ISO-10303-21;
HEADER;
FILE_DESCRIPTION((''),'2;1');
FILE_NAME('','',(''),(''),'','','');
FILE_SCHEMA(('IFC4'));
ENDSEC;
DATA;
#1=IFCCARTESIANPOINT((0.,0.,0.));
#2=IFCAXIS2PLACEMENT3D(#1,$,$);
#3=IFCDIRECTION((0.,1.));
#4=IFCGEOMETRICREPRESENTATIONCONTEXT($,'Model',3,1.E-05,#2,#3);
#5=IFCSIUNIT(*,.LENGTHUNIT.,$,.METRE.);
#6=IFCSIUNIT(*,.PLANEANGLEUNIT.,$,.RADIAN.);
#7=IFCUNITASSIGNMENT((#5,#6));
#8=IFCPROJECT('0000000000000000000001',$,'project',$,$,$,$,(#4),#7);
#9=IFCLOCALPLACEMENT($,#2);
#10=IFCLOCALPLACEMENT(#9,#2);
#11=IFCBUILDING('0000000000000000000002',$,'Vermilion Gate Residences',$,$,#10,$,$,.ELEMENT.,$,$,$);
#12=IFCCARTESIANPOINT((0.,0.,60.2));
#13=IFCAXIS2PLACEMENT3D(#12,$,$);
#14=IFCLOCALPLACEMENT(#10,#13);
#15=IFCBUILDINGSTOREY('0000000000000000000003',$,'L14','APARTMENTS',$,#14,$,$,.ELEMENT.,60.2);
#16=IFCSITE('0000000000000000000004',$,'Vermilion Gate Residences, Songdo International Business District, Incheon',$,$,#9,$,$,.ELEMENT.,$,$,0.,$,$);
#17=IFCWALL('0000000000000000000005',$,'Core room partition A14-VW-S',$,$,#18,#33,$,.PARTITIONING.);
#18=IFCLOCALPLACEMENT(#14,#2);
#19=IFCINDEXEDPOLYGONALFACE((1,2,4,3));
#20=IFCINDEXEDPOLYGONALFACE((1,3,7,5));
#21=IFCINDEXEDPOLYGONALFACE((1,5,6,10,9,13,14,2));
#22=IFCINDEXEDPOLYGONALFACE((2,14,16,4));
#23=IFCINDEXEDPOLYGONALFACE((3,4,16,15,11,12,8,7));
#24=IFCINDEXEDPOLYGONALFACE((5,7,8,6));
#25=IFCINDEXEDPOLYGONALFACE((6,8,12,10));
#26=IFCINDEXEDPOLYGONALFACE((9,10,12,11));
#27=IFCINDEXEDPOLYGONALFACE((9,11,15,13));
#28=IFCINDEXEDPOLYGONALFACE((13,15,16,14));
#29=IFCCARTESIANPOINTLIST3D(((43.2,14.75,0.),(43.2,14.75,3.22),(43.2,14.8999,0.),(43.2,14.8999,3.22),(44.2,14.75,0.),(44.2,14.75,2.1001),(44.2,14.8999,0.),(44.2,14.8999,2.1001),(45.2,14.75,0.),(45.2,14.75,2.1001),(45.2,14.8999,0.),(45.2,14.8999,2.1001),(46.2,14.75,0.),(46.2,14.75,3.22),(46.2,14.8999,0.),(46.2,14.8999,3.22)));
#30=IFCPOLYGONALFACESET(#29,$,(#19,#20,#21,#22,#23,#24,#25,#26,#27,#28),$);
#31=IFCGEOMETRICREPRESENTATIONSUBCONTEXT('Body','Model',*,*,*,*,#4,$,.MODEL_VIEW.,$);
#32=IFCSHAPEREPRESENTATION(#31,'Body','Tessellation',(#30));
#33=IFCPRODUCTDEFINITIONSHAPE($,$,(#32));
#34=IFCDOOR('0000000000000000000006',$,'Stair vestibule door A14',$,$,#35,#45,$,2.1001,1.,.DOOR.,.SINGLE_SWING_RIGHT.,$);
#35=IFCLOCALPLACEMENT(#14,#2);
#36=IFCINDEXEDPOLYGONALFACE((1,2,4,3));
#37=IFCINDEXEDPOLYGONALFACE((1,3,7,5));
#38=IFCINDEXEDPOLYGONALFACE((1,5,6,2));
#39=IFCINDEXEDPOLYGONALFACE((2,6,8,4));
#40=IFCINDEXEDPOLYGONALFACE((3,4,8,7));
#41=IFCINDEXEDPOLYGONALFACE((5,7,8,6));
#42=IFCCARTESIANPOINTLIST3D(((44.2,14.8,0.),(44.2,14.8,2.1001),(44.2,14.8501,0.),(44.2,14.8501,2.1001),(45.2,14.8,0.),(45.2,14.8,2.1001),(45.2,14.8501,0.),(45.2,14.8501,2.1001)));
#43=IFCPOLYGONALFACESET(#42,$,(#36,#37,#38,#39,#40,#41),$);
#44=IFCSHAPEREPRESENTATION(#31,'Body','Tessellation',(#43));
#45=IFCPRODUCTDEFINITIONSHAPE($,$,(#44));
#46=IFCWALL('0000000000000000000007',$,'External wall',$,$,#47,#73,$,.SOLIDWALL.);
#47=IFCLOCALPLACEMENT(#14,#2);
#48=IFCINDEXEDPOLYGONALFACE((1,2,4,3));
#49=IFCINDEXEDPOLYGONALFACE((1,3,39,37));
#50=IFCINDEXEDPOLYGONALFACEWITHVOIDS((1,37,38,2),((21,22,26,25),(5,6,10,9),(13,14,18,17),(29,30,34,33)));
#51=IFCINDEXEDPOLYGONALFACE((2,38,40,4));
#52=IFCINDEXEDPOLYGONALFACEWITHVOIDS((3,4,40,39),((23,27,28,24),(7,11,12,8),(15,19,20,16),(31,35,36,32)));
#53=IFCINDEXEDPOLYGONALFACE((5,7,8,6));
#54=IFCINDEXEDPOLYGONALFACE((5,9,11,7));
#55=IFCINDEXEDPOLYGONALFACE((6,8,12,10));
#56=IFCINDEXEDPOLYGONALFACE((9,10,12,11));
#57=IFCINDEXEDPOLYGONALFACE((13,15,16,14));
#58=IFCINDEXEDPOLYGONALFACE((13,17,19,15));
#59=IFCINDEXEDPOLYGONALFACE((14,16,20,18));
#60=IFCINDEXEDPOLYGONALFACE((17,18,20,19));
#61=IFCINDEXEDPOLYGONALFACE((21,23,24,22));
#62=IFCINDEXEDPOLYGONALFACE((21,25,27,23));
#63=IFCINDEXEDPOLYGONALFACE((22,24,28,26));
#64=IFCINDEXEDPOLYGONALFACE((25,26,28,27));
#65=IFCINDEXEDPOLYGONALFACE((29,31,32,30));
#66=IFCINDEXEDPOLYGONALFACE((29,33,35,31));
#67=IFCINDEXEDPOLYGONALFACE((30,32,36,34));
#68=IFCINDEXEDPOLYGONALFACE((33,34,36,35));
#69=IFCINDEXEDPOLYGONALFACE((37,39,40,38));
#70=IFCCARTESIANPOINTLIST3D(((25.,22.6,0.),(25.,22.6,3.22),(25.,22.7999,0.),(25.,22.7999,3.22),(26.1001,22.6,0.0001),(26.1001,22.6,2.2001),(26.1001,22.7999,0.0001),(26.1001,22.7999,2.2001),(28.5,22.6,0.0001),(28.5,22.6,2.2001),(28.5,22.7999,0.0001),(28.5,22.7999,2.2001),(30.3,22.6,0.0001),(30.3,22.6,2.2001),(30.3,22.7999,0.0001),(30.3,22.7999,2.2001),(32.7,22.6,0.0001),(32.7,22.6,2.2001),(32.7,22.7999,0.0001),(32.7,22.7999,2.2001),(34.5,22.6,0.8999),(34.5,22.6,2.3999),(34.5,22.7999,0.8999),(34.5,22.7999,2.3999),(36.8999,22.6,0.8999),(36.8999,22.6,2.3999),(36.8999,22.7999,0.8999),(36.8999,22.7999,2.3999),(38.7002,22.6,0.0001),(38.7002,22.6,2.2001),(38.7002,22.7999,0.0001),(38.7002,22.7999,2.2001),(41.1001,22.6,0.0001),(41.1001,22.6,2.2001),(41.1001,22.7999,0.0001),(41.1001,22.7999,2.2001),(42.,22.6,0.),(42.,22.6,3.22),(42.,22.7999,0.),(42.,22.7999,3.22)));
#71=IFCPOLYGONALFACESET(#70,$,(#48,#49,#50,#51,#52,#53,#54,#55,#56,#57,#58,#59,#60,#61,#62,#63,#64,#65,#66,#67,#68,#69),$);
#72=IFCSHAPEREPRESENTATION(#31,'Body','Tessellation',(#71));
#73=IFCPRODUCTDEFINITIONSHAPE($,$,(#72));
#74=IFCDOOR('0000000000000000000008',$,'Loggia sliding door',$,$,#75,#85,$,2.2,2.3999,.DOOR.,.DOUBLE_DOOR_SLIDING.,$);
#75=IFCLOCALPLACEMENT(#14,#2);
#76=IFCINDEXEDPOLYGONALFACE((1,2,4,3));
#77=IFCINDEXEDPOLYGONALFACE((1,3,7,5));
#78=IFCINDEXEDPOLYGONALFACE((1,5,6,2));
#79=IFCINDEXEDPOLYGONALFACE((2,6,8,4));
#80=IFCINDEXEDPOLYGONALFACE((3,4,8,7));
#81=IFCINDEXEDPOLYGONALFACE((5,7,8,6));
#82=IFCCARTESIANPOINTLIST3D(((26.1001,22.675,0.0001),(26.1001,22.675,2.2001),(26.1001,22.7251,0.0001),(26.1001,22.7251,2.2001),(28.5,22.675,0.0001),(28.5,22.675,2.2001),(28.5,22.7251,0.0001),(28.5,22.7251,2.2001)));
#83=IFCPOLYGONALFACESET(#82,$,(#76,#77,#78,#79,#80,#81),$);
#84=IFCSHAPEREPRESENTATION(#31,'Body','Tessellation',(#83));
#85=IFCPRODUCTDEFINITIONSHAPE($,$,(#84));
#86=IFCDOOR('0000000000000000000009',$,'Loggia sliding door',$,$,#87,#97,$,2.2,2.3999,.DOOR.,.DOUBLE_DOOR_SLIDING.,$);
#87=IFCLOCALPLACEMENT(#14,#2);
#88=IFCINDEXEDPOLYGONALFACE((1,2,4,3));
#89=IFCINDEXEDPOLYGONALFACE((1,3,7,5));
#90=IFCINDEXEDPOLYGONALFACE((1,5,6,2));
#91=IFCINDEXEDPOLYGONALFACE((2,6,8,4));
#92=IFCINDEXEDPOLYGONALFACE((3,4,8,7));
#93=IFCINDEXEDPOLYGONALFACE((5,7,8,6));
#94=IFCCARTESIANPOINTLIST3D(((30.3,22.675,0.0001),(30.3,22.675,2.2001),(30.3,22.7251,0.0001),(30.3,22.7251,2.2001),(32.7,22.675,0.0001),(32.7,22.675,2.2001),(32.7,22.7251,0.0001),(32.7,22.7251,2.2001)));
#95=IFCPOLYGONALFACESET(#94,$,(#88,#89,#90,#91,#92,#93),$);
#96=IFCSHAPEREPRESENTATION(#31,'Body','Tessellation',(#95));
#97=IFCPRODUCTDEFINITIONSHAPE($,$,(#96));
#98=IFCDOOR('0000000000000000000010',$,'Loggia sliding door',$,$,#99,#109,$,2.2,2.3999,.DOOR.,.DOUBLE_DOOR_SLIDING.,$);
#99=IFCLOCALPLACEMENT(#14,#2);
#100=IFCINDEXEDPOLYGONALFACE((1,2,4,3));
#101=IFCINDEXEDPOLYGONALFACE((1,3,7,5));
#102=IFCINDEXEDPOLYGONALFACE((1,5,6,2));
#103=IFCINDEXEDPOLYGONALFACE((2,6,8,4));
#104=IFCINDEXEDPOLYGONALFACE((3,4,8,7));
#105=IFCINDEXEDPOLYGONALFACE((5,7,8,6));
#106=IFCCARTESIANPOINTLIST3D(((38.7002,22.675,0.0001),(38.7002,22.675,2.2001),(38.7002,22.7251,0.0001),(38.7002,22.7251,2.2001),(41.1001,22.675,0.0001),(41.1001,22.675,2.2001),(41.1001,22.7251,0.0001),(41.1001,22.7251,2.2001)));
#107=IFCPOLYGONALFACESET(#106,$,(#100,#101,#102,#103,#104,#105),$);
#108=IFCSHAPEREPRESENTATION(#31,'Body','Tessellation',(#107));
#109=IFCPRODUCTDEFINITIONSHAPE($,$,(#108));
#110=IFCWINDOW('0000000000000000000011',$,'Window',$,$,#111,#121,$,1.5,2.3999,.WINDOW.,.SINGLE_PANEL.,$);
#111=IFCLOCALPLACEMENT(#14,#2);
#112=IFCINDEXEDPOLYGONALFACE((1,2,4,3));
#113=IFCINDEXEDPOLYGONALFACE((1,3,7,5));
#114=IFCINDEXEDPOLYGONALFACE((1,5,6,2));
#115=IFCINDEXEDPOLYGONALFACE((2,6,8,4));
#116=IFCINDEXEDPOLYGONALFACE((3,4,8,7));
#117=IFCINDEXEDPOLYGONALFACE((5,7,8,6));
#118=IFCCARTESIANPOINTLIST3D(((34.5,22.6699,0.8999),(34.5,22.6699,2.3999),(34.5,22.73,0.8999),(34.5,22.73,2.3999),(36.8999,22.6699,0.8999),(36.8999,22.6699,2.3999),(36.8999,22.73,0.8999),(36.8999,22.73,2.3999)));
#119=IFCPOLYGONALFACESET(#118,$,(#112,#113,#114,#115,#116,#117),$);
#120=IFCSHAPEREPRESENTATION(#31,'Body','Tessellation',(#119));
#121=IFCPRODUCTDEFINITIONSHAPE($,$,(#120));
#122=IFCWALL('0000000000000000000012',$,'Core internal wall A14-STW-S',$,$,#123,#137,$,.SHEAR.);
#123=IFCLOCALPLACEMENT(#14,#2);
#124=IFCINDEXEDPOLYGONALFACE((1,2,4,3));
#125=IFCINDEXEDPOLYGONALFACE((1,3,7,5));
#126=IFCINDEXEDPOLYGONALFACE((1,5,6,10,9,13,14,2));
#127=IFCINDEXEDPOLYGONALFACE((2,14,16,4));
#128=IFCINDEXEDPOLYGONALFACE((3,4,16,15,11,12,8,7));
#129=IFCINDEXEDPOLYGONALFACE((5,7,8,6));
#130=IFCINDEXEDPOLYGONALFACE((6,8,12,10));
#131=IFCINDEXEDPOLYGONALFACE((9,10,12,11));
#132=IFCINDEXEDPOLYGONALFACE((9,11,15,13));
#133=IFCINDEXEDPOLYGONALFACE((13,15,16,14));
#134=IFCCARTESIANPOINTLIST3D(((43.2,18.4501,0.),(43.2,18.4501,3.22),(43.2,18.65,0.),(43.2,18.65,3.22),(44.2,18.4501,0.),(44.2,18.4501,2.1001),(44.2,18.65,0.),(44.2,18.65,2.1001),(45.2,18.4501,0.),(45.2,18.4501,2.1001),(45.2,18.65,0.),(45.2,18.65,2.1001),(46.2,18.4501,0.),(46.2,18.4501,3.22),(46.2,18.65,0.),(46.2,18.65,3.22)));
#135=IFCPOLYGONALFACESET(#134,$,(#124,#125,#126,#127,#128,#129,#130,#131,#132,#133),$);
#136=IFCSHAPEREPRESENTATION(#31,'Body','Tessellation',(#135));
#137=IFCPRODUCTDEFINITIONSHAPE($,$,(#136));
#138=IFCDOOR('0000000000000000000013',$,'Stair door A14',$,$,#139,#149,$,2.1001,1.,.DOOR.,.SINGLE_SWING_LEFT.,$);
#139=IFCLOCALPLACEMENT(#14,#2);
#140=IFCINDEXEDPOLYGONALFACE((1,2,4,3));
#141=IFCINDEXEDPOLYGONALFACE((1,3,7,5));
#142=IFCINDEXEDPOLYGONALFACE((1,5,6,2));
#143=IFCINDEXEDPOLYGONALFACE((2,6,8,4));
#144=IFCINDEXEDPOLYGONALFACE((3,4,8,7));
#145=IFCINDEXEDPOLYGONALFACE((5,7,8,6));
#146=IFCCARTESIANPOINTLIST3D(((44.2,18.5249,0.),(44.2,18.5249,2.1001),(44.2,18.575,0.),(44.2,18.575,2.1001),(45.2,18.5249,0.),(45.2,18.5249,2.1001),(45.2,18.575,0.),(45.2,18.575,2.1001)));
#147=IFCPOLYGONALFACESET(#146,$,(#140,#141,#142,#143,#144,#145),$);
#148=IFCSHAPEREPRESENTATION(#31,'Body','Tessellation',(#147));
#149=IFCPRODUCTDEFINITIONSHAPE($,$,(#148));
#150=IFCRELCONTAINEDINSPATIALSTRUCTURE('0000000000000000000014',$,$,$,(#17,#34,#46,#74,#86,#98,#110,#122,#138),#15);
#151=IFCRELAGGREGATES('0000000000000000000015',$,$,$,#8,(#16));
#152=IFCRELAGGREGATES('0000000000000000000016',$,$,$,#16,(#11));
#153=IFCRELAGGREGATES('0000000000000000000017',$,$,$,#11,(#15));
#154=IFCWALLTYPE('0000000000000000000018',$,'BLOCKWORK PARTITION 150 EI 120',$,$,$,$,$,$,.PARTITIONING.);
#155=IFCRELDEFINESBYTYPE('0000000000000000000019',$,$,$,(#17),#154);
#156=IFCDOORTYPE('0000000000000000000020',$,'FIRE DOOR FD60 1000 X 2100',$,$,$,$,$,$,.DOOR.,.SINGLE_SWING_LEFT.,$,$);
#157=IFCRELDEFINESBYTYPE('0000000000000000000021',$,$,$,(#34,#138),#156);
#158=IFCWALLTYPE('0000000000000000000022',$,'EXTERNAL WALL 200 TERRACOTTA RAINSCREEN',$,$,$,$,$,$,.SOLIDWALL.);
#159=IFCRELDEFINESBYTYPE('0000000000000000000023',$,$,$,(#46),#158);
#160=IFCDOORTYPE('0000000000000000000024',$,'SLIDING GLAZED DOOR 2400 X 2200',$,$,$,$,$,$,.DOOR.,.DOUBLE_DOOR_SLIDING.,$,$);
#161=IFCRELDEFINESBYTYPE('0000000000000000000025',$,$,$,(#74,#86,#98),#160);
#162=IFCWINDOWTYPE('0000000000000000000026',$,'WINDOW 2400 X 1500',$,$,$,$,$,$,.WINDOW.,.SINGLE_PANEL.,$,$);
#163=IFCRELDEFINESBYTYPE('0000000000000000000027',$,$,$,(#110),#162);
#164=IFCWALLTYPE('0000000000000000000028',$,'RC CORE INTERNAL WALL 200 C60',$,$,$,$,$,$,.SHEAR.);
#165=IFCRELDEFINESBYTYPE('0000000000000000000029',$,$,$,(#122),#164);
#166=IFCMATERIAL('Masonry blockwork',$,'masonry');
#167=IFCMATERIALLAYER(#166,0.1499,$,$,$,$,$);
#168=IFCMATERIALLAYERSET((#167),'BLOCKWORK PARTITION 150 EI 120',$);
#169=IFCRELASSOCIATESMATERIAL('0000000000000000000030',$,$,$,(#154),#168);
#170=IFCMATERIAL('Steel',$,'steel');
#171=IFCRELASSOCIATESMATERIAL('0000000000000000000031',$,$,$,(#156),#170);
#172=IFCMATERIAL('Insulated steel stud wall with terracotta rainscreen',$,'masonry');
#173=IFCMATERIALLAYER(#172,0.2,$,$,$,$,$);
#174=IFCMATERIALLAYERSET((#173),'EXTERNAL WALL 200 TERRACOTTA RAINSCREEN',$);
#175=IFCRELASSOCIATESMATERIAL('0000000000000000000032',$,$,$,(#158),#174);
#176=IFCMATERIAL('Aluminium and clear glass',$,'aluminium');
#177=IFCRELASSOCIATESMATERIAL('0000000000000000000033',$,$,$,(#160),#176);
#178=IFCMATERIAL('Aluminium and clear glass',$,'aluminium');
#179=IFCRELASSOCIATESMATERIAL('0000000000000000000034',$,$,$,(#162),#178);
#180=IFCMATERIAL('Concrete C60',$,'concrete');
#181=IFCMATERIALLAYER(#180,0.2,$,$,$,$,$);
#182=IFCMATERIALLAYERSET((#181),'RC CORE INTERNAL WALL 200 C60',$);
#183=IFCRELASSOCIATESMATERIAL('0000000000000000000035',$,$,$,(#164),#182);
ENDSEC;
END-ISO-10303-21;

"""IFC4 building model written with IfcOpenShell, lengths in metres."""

from ifc_helpers import new_model, si_unit, direction, frame, frame_2d, origin, place, context, subcontext, project, spatial, rectangle, extrude, material, layer, layer_set, type_object, element, fill, save


model = new_model("IFC4")

# Units and contexts
model_context = context("Model", 3, precision=1e-05, world=origin(), true_north=direction((0.0, 1.0)))
body_context = subcontext(model_context, "Body", "Model", "MODEL_VIEW")
ifc_project = project(units=[si_unit("LENGTHUNIT", "METRE"), si_unit("PLANEANGLEUNIT", "RADIAN")], contexts=[model_context])

# Site, building, storey
site_placement = place(None, origin())
site = spatial("IfcSite", under=ifc_project, at=site_placement, Name="Vermilion Gate Residences, Songdo International Business District, Incheon", CompositionType="ELEMENT", RefElevation=0.0)
building_placement = place(site_placement, origin())
building = spatial("IfcBuilding", under=site, at=building_placement, Name="Vermilion Gate Residences", CompositionType="ELEMENT")
storey_placement = place(building_placement, frame((0.0, 0.0, 60.2)))
storey = spatial("IfcBuildingStorey", under=building, at=storey_placement, Name="L14", Description="APARTMENTS", CompositionType="ELEMENT", Elevation=60.2)

# Wall, opening, door
ifc_material_1 = material(Name="Masonry blockwork", Category="masonry")
ifc_layer_1 = layer(ifc_material_1, 0.1499)
ifc_layer_set_1 = layer_set([ifc_layer_1], Name="BLOCKWORK PARTITION 150 EI 120")
wall_type_1 = type_object("IfcWallType", Name="BLOCKWORK PARTITION 150 EI 120", PredefinedType="PARTITIONING", material=ifc_layer_set_1)
wall_1_placement = place(storey_placement, frame((43.2, 14.825, 0.0), z_axis=(0.0, 0.0, 1.0), x_axis=(1.0, 0.0, 0.0)))
wall_1 = element("IfcWall", 1, at=wall_1_placement, inside=storey, type_object=wall_type_1, Name="Core room partition A14-VW-S", PredefinedType="PARTITIONING", context=body_context, shape_type="SweptSolid", body=[
    extrude(rectangle(XDim=3.0, YDim=0.1499, at=frame_2d((1.5, 0.0))), origin(), (0.0, 0.0, 1.0), 3.22),
])
opening_1_placement = place(wall_1_placement, frame((1.0, 0.0, 0.0)))
opening_1 = element("IfcOpeningElement", 2, at=opening_1_placement, cuts=wall_1, PredefinedType="OPENING", context=body_context, shape_type="SweptSolid", body=[
    extrude(rectangle(XDim=1.0, YDim=2.1001, at=frame_2d((0.5, 1.05))), frame((0.0, 0.085, 0.0), z_axis=(0.0, -1.0, 0.0), x_axis=(1.0, 0.0, 0.0)), (0.0, 0.0, 1.0), 0.1699),
])
ifc_material_2 = material(Name="Steel", Category="steel")
door_type_1 = type_object("IfcDoorType", Name="FIRE DOOR FD60 1000 X 2100", OperationType="SINGLE_SWING_LEFT", PredefinedType="DOOR", material=ifc_material_2)
door_1_placement = place(opening_1_placement, frame((1.0, 0.0, 0.0), z_axis=(0.0, 0.0, 1.0), x_axis=(-1.0, 0.0, 0.0)))
door_1 = element("IfcDoor", 3, at=door_1_placement, inside=storey, type_object=door_type_1, Name="Stair vestibule door A14", OperationType="SINGLE_SWING_RIGHT", OverallHeight=2.1001, OverallWidth=1.0, PredefinedType="DOOR", context=body_context, shape_type="SweptSolid", body=[
    extrude(rectangle(XDim=1.0, YDim=2.1001, at=frame_2d((0.5, 1.05))), frame((0.0, 0.0249, 0.0), z_axis=(0.0, -1.0, 0.0), x_axis=(1.0, 0.0, 0.0)), (0.0, 0.0, 1.0), 0.05),
])
fill(opening_1, door_1)

# Wall, openings, doors, window
ifc_material_3 = material(Name="Insulated steel stud wall with terracotta rainscreen", Category="masonry")
ifc_layer_2 = layer(ifc_material_3, 0.2)
ifc_layer_set_2 = layer_set([ifc_layer_2], Name="EXTERNAL WALL 200 TERRACOTTA RAINSCREEN")
wall_type_2 = type_object("IfcWallType", Name="EXTERNAL WALL 200 TERRACOTTA RAINSCREEN", PredefinedType="SOLIDWALL", material=ifc_layer_set_2)
wall_2_placement = place(storey_placement, frame((42.0, 22.7, 0.0), z_axis=(0.0, 0.0, 1.0), x_axis=(-1.0, 0.0, 0.0)))
wall_2 = element("IfcWall", 4, at=wall_2_placement, inside=storey, type_object=wall_type_2, Name="External wall", PredefinedType="SOLIDWALL", context=body_context, shape_type="SweptSolid", body=[
    extrude(rectangle(XDim=17.0, YDim=0.2, at=frame_2d((8.5, 0.0))), origin(), (0.0, 0.0, 1.0), 3.22),
])
opening_2_placement = place(wall_2_placement, frame((13.5, 0.0, 0.0)))
opening_2 = element("IfcOpeningElement", 5, at=opening_2_placement, cuts=wall_2, PredefinedType="OPENING", context=body_context, shape_type="SweptSolid", body=[
    extrude(rectangle(XDim=2.3999, YDim=2.2, at=frame_2d((1.2, 1.1001))), frame((0.0, 0.1099, 0.0), z_axis=(0.0, -1.0, 0.0), x_axis=(1.0, 0.0, 0.0)), (0.0, 0.0, 1.0), 0.22),
])
opening_3_placement = place(wall_2_placement, frame((9.3, 0.0, 0.0)))
opening_3 = element("IfcOpeningElement", 6, at=opening_3_placement, cuts=wall_2, PredefinedType="OPENING", context=body_context, shape_type="SweptSolid", body=[
    extrude(rectangle(XDim=2.3999, YDim=2.2, at=frame_2d((1.2, 1.1001))), frame((0.0, 0.1099, 0.0), z_axis=(0.0, -1.0, 0.0), x_axis=(1.0, 0.0, 0.0)), (0.0, 0.0, 1.0), 0.22),
])
opening_4_placement = place(wall_2_placement, frame((5.1001, 0.0, 0.8999)))
opening_4 = element("IfcOpeningElement", 7, at=opening_4_placement, cuts=wall_2, PredefinedType="OPENING", context=body_context, shape_type="SweptSolid", body=[
    extrude(rectangle(XDim=2.3999, YDim=1.5, at=frame_2d((1.2, 0.75))), frame((0.0, 0.1099, 0.0), z_axis=(0.0, -1.0, 0.0), x_axis=(1.0, 0.0, 0.0)), (0.0, 0.0, 1.0), 0.22),
])
opening_5_placement = place(wall_2_placement, frame((0.8999, 0.0, 0.0)))
opening_5 = element("IfcOpeningElement", 8, at=opening_5_placement, cuts=wall_2, PredefinedType="OPENING", context=body_context, shape_type="SweptSolid", body=[
    extrude(rectangle(XDim=2.3999, YDim=2.2, at=frame_2d((1.2, 1.1001))), frame((0.0, 0.1099, 0.0), z_axis=(0.0, -1.0, 0.0), x_axis=(1.0, 0.0, 0.0)), (0.0, 0.0, 1.0), 0.22),
])
ifc_material_4 = material(Name="Aluminium and clear glass", Category="aluminium")
door_type_2 = type_object("IfcDoorType", Name="SLIDING GLAZED DOOR 2400 X 2200", OperationType="DOUBLE_DOOR_SLIDING", PredefinedType="DOOR", material=ifc_material_4)
door_2_placement = place(opening_2_placement, origin())
door_2 = element("IfcDoor", 9, at=door_2_placement, inside=storey, type_object=door_type_2, Name="Loggia sliding door", OperationType="DOUBLE_DOOR_SLIDING", OverallHeight=2.2, OverallWidth=2.3999, PredefinedType="DOOR", context=body_context, shape_type="SweptSolid", body=[
    extrude(rectangle(XDim=2.3999, YDim=2.2, at=frame_2d((1.2, 1.1001))), frame((0.0, 0.0249, 0.0), z_axis=(0.0, -1.0, 0.0), x_axis=(1.0, 0.0, 0.0)), (0.0, 0.0, 1.0), 0.05),
])
fill(opening_2, door_2)
door_3_placement = place(opening_3_placement, origin())
door_3 = element("IfcDoor", 10, at=door_3_placement, inside=storey, type_object=door_type_2, Name="Loggia sliding door", OperationType="DOUBLE_DOOR_SLIDING", OverallHeight=2.2, OverallWidth=2.3999, PredefinedType="DOOR", context=body_context, shape_type="SweptSolid", body=[
    extrude(rectangle(XDim=2.3999, YDim=2.2, at=frame_2d((1.2, 1.1001))), frame((0.0, 0.0249, 0.0), z_axis=(0.0, -1.0, 0.0), x_axis=(1.0, 0.0, 0.0)), (0.0, 0.0, 1.0), 0.05),
])
fill(opening_3, door_3)
door_4_placement = place(opening_5_placement, origin())
door_4 = element("IfcDoor", 11, at=door_4_placement, inside=storey, type_object=door_type_2, Name="Loggia sliding door", OperationType="DOUBLE_DOOR_SLIDING", OverallHeight=2.2, OverallWidth=2.3999, PredefinedType="DOOR", context=body_context, shape_type="SweptSolid", body=[
    extrude(rectangle(XDim=2.3999, YDim=2.2, at=frame_2d((1.2, 1.1001))), frame((0.0, 0.0249, 0.0), z_axis=(0.0, -1.0, 0.0), x_axis=(1.0, 0.0, 0.0)), (0.0, 0.0, 1.0), 0.05),
])
fill(opening_5, door_4)
ifc_material_5 = material(Name="Aluminium and clear glass", Category="aluminium")
window_type_1 = type_object("IfcWindowType", Name="WINDOW 2400 X 1500", PartitioningType="SINGLE_PANEL", PredefinedType="WINDOW", material=ifc_material_5)
window_1_placement = place(opening_4_placement, origin())
window_1 = element("IfcWindow", 12, at=window_1_placement, inside=storey, type_object=window_type_1, Name="Window", OverallHeight=1.5, OverallWidth=2.3999, PartitioningType="SINGLE_PANEL", PredefinedType="WINDOW", context=body_context, shape_type="SweptSolid", body=[
    extrude(rectangle(XDim=2.3999, YDim=1.5, at=frame_2d((1.2, 0.75))), frame((0.0, 0.03, 0.0), z_axis=(0.0, -1.0, 0.0), x_axis=(1.0, 0.0, 0.0)), (0.0, 0.0, 1.0), 0.0601),
])
fill(opening_4, window_1)

# Wall, opening, door
ifc_material_6 = material(Name="Concrete C60", Category="concrete")
ifc_layer_3 = layer(ifc_material_6, 0.2)
ifc_layer_set_3 = layer_set([ifc_layer_3], Name="RC CORE INTERNAL WALL 200 C60")
wall_type_3 = type_object("IfcWallType", Name="RC CORE INTERNAL WALL 200 C60", PredefinedType="SHEAR", material=ifc_layer_set_3)
wall_3_placement = place(storey_placement, frame((43.2, 18.55, 0.0), z_axis=(0.0, 0.0, 1.0), x_axis=(1.0, 0.0, 0.0)))
wall_3 = element("IfcWall", 13, at=wall_3_placement, inside=storey, type_object=wall_type_3, Name="Core internal wall A14-STW-S", PredefinedType="SHEAR", context=body_context, shape_type="SweptSolid", body=[
    extrude(rectangle(XDim=3.0, YDim=0.2, at=frame_2d((1.5, 0.0))), origin(), (0.0, 0.0, 1.0), 3.22),
])
opening_6_placement = place(wall_3_placement, frame((1.0, 0.0, 0.0)))
opening_6 = element("IfcOpeningElement", 14, at=opening_6_placement, cuts=wall_3, PredefinedType="OPENING", context=body_context, shape_type="SweptSolid", body=[
    extrude(rectangle(XDim=1.0, YDim=2.1001, at=frame_2d((0.5, 1.05))), frame((0.0, 0.1099, 0.0), z_axis=(0.0, -1.0, 0.0), x_axis=(1.0, 0.0, 0.0)), (0.0, 0.0, 1.0), 0.22),
])
door_5_placement = place(opening_6_placement, origin())
door_5 = element("IfcDoor", 15, at=door_5_placement, inside=storey, type_object=door_type_1, Name="Stair door A14", OperationType="SINGLE_SWING_LEFT", OverallHeight=2.1001, OverallWidth=1.0, PredefinedType="DOOR", context=body_context, shape_type="SweptSolid", body=[
    extrude(rectangle(XDim=1.0, YDim=2.1001, at=frame_2d((0.5, 1.05))), frame((0.0, 0.0249, 0.0), z_axis=(0.0, -1.0, 0.0), x_axis=(1.0, 0.0, 0.0)), (0.0, 0.0, 1.0), 0.05),
])
fill(opening_6, door_5)

save(model, "model.ifc")
